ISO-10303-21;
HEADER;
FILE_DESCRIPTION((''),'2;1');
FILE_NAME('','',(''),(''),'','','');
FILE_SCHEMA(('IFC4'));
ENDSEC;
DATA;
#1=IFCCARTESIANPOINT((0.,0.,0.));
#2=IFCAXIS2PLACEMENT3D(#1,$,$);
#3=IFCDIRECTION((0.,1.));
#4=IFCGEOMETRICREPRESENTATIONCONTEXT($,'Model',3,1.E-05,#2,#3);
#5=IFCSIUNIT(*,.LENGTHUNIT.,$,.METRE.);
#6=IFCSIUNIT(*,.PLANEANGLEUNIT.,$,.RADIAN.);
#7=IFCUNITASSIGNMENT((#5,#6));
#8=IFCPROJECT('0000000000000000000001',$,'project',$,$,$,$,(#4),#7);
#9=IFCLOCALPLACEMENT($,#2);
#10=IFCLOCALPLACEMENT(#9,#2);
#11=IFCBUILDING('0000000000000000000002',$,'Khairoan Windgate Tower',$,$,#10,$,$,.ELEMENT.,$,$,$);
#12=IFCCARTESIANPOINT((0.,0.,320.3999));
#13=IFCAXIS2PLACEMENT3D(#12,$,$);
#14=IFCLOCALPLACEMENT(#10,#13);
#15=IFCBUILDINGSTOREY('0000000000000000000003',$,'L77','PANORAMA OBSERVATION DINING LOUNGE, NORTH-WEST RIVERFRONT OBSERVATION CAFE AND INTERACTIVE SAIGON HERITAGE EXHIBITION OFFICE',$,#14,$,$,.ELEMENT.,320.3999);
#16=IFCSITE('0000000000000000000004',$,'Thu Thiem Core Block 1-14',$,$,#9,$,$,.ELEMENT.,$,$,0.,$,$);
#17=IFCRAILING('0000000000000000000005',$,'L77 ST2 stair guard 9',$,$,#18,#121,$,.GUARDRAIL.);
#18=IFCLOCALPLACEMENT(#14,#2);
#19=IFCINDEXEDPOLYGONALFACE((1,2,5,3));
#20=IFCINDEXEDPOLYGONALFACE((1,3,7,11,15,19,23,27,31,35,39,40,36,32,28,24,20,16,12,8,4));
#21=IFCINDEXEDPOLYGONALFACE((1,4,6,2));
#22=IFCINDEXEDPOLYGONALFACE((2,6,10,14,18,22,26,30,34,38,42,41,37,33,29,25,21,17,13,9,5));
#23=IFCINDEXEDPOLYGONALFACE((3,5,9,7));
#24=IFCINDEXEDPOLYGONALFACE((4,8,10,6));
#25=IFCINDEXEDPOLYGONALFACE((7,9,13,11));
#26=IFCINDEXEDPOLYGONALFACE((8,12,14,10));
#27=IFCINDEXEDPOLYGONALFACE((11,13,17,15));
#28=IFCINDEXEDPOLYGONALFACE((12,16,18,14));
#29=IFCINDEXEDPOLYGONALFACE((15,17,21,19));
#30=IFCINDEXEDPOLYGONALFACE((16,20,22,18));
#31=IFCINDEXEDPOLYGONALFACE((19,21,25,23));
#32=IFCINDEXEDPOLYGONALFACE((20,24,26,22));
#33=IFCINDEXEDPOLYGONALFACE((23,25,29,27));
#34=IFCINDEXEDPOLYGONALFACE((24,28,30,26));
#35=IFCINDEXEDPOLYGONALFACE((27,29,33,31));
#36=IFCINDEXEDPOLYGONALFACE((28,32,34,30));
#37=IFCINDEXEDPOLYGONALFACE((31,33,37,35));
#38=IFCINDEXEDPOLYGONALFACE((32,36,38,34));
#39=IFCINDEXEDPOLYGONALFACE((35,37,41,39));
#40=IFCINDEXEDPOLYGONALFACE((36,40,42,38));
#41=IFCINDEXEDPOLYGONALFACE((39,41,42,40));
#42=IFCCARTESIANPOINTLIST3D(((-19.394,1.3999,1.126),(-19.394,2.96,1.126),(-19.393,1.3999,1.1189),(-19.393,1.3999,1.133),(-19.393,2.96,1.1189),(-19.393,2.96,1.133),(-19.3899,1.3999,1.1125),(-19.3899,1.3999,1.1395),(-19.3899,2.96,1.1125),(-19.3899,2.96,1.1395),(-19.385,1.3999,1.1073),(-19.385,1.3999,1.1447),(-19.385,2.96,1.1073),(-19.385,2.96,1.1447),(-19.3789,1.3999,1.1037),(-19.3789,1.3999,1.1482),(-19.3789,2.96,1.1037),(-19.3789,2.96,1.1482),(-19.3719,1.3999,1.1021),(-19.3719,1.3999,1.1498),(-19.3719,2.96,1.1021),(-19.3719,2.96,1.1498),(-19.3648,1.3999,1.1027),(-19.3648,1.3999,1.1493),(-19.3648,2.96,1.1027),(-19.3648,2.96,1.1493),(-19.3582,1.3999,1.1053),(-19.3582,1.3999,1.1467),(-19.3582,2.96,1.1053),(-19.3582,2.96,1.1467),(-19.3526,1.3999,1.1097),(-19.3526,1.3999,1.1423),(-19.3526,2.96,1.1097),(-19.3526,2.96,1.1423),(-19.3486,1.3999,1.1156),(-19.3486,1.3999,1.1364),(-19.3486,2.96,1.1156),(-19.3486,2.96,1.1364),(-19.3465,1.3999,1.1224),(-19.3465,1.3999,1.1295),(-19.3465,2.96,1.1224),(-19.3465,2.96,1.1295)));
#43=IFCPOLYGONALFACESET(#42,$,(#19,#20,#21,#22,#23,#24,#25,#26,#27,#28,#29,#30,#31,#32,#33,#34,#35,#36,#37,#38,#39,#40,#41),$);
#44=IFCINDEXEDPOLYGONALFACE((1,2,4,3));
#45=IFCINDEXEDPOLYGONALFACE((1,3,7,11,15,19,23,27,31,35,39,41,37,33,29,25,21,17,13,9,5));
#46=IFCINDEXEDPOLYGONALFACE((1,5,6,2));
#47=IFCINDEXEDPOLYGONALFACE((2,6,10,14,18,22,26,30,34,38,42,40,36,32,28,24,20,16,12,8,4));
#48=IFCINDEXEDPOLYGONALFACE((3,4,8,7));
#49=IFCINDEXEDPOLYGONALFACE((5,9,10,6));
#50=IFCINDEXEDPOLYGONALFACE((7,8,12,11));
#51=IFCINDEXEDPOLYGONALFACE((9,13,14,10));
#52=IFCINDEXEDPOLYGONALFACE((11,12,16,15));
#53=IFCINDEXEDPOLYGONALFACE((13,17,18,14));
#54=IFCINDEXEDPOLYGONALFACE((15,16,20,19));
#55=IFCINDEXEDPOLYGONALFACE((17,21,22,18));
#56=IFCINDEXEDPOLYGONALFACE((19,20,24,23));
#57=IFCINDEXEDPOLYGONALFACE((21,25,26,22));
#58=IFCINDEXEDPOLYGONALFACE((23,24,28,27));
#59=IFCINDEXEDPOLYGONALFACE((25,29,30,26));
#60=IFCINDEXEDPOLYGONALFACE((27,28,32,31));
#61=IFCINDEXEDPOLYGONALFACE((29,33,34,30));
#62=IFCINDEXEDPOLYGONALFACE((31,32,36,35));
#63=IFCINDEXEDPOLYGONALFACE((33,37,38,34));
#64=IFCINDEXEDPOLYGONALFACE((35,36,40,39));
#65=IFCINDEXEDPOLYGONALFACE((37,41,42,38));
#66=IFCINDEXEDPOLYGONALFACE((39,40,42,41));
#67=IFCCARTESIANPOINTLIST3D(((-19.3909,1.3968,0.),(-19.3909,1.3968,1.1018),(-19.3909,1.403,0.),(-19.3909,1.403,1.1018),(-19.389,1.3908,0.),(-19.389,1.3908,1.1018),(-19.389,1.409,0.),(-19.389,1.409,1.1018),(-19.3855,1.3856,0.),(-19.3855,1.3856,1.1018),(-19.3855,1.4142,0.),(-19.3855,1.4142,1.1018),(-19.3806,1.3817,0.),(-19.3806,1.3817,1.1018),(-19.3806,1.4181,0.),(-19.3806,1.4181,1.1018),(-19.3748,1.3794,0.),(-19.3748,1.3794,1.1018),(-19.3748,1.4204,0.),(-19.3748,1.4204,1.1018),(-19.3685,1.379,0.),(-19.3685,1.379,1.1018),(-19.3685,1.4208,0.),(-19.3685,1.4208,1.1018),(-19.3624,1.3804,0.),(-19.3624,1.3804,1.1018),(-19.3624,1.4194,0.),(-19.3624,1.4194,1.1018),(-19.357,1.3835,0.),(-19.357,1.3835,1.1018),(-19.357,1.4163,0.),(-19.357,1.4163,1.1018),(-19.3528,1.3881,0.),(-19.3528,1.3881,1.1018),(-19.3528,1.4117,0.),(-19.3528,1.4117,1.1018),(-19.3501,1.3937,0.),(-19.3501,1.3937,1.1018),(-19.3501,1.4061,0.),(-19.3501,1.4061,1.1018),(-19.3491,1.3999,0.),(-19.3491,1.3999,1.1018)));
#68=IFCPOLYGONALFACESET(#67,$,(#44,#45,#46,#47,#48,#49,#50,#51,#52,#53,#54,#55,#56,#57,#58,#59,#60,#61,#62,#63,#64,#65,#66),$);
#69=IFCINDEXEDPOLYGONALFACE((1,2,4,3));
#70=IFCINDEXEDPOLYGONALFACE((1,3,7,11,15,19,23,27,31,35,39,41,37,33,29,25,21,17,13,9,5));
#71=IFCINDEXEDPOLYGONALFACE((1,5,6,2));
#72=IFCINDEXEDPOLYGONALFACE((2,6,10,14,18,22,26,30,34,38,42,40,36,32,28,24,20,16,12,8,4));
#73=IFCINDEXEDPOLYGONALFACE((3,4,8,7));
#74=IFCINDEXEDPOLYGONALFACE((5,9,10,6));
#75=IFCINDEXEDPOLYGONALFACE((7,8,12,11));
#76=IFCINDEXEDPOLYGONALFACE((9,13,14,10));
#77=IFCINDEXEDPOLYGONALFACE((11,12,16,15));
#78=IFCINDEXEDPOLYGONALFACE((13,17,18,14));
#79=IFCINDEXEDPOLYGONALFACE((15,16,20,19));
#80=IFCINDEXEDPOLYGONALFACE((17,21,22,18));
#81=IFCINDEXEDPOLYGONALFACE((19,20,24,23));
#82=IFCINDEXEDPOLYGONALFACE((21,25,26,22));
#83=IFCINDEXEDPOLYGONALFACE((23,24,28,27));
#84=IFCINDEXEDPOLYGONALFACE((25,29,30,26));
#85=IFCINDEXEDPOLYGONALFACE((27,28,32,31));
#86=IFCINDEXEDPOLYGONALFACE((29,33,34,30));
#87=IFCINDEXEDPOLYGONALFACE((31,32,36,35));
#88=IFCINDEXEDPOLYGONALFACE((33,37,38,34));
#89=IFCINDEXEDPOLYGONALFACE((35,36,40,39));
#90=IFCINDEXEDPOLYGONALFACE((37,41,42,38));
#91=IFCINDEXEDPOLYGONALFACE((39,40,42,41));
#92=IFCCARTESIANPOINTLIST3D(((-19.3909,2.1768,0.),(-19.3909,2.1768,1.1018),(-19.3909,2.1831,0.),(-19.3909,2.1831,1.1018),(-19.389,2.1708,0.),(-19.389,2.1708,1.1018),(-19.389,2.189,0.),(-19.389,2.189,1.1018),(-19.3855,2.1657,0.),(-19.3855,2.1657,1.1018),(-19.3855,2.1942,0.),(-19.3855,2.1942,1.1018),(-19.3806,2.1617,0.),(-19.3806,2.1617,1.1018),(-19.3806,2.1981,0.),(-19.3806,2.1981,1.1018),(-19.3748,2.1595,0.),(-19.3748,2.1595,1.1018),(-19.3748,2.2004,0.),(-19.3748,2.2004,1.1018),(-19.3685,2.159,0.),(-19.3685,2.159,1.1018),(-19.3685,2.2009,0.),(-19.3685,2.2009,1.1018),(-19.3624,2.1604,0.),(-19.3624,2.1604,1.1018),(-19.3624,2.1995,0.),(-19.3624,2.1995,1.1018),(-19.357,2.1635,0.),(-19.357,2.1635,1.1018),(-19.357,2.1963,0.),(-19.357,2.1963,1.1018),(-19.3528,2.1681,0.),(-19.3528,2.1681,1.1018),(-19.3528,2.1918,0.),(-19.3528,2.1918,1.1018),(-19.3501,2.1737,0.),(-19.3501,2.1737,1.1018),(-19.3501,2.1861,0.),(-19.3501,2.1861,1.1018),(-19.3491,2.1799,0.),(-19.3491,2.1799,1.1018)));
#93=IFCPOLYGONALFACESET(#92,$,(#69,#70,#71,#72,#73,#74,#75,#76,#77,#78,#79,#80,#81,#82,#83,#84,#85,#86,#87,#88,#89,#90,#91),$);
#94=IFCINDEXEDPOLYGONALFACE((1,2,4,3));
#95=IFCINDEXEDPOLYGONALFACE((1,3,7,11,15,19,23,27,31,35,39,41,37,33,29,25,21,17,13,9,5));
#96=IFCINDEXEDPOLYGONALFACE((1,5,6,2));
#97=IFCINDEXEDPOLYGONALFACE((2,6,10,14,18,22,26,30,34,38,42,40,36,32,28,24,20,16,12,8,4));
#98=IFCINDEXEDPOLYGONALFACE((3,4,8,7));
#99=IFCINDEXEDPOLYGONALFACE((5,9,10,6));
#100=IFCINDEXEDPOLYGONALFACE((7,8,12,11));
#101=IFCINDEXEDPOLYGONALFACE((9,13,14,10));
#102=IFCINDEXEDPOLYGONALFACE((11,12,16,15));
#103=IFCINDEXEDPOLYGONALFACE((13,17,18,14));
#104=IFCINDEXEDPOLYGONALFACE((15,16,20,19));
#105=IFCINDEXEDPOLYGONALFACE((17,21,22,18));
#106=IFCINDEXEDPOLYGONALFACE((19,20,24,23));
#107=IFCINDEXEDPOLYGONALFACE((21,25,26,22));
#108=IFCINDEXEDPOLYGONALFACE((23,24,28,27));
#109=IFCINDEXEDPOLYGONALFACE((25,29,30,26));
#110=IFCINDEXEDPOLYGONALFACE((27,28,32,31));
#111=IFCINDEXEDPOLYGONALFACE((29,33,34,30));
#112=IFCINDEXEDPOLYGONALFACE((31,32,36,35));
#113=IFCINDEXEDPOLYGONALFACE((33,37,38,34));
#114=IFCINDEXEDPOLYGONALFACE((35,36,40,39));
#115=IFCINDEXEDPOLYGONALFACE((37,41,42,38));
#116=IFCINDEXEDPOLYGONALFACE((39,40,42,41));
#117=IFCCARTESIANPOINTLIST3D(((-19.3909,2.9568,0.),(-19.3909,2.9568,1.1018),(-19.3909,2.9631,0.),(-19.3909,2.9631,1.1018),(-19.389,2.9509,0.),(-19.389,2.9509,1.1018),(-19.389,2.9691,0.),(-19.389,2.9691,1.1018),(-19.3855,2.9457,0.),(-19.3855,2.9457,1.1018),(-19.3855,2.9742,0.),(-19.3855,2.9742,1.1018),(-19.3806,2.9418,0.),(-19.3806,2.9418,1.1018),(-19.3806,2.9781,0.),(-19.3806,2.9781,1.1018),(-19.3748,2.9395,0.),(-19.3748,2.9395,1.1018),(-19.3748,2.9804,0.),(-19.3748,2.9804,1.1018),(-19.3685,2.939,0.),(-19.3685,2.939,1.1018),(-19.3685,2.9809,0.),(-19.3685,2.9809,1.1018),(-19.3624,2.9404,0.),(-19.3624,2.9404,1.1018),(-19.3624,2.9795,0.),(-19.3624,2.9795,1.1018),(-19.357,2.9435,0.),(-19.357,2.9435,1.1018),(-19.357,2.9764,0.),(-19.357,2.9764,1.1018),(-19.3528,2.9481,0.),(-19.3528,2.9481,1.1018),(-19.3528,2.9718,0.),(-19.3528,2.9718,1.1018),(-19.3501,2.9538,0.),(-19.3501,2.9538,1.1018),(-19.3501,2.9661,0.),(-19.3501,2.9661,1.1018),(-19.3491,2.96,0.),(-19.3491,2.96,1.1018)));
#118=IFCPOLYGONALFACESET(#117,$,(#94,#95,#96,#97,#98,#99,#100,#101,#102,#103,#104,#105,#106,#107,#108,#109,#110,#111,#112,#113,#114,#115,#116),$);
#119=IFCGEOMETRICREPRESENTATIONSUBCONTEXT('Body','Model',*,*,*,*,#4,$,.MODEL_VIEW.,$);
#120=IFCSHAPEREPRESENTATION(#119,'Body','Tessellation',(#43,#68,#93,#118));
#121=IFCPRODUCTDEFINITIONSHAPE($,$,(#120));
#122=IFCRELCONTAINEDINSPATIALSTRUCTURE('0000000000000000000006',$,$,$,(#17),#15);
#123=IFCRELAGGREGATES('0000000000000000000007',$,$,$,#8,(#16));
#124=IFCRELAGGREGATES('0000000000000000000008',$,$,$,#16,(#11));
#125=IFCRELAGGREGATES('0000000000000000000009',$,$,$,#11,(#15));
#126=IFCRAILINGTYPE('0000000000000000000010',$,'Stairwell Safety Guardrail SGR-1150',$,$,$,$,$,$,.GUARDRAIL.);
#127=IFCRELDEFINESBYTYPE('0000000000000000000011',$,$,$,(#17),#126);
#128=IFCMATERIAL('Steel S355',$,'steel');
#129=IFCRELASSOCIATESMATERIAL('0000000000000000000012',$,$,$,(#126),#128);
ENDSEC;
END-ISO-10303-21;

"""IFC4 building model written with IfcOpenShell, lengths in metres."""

from ifc_helpers import new_model, si_unit, direction, frame, origin, origin_2d, place, context, subcontext, project, spatial, circle, extrude, material, type_object, element, save


model = new_model("IFC4")

# Units and contexts
model_context = context("Model", 3, precision=1e-05, world=origin(), true_north=direction((0.0, 1.0)))
body_context = subcontext(model_context, "Body", "Model", "MODEL_VIEW")
ifc_project = project(units=[si_unit("LENGTHUNIT", "METRE"), si_unit("PLANEANGLEUNIT", "RADIAN")], contexts=[model_context])

# Site, building, storey
site_placement = place(None, origin())
site = spatial("IfcSite", under=ifc_project, at=site_placement, Name="Thu Thiem Core Block 1-14", CompositionType="ELEMENT", RefElevation=0.0)
building_placement = place(site_placement, origin())
building = spatial("IfcBuilding", under=site, at=building_placement, Name="Khairoan Windgate Tower", CompositionType="ELEMENT")
storey_placement = place(building_placement, frame((0.0, 0.0, 320.3999)))
storey = spatial("IfcBuildingStorey", under=building, at=storey_placement, Name="L77", Description="PANORAMA OBSERVATION DINING LOUNGE, NORTH-WEST RIVERFRONT OBSERVATION CAFE AND INTERACTIVE SAIGON HERITAGE EXHIBITION OFFICE", CompositionType="ELEMENT", Elevation=320.3999)

# Railing
ifc_material_1 = material(Name="Steel S355", Category="steel")
railing_type_1 = type_object("IfcRailingType", Name="Stairwell Safety Guardrail SGR-1150", PredefinedType="GUARDRAIL", material=ifc_material_1)
for number, where, name in (
    (1, (-19.3701, 1.3999, 0.0), "L77 ST2 stair guard 9"),
):
    element("IfcRailing", number, at=place(storey_placement, frame(where)), inside=storey, type_object=railing_type_1, Name=name, PredefinedType="GUARDRAIL", context=body_context, shape_type="SweptSolid", body=[
        extrude(circle(Radius=0.0239, at=origin_2d()), frame((0.0, 0.0, 1.126), z_axis=(0.0, 1.0, 0.0), x_axis=(-1.0, 0.0, 0.0)), (0.0, 0.0, 1.0), 1.5601),
        extrude(circle(Radius=0.021, at=origin_2d()), origin(), (0.0, 0.0, 1.0), 1.1018),
        extrude(circle(Radius=0.021, at=origin_2d()), frame((0.0, 0.78, 0.0)), (0.0, 0.0, 1.0), 1.1018),
        extrude(circle(Radius=0.021, at=origin_2d()), frame((0.0, 1.5601, 0.0)), (0.0, 0.0, 1.0), 1.1018),
    ])

save(model, "model.ifc")
